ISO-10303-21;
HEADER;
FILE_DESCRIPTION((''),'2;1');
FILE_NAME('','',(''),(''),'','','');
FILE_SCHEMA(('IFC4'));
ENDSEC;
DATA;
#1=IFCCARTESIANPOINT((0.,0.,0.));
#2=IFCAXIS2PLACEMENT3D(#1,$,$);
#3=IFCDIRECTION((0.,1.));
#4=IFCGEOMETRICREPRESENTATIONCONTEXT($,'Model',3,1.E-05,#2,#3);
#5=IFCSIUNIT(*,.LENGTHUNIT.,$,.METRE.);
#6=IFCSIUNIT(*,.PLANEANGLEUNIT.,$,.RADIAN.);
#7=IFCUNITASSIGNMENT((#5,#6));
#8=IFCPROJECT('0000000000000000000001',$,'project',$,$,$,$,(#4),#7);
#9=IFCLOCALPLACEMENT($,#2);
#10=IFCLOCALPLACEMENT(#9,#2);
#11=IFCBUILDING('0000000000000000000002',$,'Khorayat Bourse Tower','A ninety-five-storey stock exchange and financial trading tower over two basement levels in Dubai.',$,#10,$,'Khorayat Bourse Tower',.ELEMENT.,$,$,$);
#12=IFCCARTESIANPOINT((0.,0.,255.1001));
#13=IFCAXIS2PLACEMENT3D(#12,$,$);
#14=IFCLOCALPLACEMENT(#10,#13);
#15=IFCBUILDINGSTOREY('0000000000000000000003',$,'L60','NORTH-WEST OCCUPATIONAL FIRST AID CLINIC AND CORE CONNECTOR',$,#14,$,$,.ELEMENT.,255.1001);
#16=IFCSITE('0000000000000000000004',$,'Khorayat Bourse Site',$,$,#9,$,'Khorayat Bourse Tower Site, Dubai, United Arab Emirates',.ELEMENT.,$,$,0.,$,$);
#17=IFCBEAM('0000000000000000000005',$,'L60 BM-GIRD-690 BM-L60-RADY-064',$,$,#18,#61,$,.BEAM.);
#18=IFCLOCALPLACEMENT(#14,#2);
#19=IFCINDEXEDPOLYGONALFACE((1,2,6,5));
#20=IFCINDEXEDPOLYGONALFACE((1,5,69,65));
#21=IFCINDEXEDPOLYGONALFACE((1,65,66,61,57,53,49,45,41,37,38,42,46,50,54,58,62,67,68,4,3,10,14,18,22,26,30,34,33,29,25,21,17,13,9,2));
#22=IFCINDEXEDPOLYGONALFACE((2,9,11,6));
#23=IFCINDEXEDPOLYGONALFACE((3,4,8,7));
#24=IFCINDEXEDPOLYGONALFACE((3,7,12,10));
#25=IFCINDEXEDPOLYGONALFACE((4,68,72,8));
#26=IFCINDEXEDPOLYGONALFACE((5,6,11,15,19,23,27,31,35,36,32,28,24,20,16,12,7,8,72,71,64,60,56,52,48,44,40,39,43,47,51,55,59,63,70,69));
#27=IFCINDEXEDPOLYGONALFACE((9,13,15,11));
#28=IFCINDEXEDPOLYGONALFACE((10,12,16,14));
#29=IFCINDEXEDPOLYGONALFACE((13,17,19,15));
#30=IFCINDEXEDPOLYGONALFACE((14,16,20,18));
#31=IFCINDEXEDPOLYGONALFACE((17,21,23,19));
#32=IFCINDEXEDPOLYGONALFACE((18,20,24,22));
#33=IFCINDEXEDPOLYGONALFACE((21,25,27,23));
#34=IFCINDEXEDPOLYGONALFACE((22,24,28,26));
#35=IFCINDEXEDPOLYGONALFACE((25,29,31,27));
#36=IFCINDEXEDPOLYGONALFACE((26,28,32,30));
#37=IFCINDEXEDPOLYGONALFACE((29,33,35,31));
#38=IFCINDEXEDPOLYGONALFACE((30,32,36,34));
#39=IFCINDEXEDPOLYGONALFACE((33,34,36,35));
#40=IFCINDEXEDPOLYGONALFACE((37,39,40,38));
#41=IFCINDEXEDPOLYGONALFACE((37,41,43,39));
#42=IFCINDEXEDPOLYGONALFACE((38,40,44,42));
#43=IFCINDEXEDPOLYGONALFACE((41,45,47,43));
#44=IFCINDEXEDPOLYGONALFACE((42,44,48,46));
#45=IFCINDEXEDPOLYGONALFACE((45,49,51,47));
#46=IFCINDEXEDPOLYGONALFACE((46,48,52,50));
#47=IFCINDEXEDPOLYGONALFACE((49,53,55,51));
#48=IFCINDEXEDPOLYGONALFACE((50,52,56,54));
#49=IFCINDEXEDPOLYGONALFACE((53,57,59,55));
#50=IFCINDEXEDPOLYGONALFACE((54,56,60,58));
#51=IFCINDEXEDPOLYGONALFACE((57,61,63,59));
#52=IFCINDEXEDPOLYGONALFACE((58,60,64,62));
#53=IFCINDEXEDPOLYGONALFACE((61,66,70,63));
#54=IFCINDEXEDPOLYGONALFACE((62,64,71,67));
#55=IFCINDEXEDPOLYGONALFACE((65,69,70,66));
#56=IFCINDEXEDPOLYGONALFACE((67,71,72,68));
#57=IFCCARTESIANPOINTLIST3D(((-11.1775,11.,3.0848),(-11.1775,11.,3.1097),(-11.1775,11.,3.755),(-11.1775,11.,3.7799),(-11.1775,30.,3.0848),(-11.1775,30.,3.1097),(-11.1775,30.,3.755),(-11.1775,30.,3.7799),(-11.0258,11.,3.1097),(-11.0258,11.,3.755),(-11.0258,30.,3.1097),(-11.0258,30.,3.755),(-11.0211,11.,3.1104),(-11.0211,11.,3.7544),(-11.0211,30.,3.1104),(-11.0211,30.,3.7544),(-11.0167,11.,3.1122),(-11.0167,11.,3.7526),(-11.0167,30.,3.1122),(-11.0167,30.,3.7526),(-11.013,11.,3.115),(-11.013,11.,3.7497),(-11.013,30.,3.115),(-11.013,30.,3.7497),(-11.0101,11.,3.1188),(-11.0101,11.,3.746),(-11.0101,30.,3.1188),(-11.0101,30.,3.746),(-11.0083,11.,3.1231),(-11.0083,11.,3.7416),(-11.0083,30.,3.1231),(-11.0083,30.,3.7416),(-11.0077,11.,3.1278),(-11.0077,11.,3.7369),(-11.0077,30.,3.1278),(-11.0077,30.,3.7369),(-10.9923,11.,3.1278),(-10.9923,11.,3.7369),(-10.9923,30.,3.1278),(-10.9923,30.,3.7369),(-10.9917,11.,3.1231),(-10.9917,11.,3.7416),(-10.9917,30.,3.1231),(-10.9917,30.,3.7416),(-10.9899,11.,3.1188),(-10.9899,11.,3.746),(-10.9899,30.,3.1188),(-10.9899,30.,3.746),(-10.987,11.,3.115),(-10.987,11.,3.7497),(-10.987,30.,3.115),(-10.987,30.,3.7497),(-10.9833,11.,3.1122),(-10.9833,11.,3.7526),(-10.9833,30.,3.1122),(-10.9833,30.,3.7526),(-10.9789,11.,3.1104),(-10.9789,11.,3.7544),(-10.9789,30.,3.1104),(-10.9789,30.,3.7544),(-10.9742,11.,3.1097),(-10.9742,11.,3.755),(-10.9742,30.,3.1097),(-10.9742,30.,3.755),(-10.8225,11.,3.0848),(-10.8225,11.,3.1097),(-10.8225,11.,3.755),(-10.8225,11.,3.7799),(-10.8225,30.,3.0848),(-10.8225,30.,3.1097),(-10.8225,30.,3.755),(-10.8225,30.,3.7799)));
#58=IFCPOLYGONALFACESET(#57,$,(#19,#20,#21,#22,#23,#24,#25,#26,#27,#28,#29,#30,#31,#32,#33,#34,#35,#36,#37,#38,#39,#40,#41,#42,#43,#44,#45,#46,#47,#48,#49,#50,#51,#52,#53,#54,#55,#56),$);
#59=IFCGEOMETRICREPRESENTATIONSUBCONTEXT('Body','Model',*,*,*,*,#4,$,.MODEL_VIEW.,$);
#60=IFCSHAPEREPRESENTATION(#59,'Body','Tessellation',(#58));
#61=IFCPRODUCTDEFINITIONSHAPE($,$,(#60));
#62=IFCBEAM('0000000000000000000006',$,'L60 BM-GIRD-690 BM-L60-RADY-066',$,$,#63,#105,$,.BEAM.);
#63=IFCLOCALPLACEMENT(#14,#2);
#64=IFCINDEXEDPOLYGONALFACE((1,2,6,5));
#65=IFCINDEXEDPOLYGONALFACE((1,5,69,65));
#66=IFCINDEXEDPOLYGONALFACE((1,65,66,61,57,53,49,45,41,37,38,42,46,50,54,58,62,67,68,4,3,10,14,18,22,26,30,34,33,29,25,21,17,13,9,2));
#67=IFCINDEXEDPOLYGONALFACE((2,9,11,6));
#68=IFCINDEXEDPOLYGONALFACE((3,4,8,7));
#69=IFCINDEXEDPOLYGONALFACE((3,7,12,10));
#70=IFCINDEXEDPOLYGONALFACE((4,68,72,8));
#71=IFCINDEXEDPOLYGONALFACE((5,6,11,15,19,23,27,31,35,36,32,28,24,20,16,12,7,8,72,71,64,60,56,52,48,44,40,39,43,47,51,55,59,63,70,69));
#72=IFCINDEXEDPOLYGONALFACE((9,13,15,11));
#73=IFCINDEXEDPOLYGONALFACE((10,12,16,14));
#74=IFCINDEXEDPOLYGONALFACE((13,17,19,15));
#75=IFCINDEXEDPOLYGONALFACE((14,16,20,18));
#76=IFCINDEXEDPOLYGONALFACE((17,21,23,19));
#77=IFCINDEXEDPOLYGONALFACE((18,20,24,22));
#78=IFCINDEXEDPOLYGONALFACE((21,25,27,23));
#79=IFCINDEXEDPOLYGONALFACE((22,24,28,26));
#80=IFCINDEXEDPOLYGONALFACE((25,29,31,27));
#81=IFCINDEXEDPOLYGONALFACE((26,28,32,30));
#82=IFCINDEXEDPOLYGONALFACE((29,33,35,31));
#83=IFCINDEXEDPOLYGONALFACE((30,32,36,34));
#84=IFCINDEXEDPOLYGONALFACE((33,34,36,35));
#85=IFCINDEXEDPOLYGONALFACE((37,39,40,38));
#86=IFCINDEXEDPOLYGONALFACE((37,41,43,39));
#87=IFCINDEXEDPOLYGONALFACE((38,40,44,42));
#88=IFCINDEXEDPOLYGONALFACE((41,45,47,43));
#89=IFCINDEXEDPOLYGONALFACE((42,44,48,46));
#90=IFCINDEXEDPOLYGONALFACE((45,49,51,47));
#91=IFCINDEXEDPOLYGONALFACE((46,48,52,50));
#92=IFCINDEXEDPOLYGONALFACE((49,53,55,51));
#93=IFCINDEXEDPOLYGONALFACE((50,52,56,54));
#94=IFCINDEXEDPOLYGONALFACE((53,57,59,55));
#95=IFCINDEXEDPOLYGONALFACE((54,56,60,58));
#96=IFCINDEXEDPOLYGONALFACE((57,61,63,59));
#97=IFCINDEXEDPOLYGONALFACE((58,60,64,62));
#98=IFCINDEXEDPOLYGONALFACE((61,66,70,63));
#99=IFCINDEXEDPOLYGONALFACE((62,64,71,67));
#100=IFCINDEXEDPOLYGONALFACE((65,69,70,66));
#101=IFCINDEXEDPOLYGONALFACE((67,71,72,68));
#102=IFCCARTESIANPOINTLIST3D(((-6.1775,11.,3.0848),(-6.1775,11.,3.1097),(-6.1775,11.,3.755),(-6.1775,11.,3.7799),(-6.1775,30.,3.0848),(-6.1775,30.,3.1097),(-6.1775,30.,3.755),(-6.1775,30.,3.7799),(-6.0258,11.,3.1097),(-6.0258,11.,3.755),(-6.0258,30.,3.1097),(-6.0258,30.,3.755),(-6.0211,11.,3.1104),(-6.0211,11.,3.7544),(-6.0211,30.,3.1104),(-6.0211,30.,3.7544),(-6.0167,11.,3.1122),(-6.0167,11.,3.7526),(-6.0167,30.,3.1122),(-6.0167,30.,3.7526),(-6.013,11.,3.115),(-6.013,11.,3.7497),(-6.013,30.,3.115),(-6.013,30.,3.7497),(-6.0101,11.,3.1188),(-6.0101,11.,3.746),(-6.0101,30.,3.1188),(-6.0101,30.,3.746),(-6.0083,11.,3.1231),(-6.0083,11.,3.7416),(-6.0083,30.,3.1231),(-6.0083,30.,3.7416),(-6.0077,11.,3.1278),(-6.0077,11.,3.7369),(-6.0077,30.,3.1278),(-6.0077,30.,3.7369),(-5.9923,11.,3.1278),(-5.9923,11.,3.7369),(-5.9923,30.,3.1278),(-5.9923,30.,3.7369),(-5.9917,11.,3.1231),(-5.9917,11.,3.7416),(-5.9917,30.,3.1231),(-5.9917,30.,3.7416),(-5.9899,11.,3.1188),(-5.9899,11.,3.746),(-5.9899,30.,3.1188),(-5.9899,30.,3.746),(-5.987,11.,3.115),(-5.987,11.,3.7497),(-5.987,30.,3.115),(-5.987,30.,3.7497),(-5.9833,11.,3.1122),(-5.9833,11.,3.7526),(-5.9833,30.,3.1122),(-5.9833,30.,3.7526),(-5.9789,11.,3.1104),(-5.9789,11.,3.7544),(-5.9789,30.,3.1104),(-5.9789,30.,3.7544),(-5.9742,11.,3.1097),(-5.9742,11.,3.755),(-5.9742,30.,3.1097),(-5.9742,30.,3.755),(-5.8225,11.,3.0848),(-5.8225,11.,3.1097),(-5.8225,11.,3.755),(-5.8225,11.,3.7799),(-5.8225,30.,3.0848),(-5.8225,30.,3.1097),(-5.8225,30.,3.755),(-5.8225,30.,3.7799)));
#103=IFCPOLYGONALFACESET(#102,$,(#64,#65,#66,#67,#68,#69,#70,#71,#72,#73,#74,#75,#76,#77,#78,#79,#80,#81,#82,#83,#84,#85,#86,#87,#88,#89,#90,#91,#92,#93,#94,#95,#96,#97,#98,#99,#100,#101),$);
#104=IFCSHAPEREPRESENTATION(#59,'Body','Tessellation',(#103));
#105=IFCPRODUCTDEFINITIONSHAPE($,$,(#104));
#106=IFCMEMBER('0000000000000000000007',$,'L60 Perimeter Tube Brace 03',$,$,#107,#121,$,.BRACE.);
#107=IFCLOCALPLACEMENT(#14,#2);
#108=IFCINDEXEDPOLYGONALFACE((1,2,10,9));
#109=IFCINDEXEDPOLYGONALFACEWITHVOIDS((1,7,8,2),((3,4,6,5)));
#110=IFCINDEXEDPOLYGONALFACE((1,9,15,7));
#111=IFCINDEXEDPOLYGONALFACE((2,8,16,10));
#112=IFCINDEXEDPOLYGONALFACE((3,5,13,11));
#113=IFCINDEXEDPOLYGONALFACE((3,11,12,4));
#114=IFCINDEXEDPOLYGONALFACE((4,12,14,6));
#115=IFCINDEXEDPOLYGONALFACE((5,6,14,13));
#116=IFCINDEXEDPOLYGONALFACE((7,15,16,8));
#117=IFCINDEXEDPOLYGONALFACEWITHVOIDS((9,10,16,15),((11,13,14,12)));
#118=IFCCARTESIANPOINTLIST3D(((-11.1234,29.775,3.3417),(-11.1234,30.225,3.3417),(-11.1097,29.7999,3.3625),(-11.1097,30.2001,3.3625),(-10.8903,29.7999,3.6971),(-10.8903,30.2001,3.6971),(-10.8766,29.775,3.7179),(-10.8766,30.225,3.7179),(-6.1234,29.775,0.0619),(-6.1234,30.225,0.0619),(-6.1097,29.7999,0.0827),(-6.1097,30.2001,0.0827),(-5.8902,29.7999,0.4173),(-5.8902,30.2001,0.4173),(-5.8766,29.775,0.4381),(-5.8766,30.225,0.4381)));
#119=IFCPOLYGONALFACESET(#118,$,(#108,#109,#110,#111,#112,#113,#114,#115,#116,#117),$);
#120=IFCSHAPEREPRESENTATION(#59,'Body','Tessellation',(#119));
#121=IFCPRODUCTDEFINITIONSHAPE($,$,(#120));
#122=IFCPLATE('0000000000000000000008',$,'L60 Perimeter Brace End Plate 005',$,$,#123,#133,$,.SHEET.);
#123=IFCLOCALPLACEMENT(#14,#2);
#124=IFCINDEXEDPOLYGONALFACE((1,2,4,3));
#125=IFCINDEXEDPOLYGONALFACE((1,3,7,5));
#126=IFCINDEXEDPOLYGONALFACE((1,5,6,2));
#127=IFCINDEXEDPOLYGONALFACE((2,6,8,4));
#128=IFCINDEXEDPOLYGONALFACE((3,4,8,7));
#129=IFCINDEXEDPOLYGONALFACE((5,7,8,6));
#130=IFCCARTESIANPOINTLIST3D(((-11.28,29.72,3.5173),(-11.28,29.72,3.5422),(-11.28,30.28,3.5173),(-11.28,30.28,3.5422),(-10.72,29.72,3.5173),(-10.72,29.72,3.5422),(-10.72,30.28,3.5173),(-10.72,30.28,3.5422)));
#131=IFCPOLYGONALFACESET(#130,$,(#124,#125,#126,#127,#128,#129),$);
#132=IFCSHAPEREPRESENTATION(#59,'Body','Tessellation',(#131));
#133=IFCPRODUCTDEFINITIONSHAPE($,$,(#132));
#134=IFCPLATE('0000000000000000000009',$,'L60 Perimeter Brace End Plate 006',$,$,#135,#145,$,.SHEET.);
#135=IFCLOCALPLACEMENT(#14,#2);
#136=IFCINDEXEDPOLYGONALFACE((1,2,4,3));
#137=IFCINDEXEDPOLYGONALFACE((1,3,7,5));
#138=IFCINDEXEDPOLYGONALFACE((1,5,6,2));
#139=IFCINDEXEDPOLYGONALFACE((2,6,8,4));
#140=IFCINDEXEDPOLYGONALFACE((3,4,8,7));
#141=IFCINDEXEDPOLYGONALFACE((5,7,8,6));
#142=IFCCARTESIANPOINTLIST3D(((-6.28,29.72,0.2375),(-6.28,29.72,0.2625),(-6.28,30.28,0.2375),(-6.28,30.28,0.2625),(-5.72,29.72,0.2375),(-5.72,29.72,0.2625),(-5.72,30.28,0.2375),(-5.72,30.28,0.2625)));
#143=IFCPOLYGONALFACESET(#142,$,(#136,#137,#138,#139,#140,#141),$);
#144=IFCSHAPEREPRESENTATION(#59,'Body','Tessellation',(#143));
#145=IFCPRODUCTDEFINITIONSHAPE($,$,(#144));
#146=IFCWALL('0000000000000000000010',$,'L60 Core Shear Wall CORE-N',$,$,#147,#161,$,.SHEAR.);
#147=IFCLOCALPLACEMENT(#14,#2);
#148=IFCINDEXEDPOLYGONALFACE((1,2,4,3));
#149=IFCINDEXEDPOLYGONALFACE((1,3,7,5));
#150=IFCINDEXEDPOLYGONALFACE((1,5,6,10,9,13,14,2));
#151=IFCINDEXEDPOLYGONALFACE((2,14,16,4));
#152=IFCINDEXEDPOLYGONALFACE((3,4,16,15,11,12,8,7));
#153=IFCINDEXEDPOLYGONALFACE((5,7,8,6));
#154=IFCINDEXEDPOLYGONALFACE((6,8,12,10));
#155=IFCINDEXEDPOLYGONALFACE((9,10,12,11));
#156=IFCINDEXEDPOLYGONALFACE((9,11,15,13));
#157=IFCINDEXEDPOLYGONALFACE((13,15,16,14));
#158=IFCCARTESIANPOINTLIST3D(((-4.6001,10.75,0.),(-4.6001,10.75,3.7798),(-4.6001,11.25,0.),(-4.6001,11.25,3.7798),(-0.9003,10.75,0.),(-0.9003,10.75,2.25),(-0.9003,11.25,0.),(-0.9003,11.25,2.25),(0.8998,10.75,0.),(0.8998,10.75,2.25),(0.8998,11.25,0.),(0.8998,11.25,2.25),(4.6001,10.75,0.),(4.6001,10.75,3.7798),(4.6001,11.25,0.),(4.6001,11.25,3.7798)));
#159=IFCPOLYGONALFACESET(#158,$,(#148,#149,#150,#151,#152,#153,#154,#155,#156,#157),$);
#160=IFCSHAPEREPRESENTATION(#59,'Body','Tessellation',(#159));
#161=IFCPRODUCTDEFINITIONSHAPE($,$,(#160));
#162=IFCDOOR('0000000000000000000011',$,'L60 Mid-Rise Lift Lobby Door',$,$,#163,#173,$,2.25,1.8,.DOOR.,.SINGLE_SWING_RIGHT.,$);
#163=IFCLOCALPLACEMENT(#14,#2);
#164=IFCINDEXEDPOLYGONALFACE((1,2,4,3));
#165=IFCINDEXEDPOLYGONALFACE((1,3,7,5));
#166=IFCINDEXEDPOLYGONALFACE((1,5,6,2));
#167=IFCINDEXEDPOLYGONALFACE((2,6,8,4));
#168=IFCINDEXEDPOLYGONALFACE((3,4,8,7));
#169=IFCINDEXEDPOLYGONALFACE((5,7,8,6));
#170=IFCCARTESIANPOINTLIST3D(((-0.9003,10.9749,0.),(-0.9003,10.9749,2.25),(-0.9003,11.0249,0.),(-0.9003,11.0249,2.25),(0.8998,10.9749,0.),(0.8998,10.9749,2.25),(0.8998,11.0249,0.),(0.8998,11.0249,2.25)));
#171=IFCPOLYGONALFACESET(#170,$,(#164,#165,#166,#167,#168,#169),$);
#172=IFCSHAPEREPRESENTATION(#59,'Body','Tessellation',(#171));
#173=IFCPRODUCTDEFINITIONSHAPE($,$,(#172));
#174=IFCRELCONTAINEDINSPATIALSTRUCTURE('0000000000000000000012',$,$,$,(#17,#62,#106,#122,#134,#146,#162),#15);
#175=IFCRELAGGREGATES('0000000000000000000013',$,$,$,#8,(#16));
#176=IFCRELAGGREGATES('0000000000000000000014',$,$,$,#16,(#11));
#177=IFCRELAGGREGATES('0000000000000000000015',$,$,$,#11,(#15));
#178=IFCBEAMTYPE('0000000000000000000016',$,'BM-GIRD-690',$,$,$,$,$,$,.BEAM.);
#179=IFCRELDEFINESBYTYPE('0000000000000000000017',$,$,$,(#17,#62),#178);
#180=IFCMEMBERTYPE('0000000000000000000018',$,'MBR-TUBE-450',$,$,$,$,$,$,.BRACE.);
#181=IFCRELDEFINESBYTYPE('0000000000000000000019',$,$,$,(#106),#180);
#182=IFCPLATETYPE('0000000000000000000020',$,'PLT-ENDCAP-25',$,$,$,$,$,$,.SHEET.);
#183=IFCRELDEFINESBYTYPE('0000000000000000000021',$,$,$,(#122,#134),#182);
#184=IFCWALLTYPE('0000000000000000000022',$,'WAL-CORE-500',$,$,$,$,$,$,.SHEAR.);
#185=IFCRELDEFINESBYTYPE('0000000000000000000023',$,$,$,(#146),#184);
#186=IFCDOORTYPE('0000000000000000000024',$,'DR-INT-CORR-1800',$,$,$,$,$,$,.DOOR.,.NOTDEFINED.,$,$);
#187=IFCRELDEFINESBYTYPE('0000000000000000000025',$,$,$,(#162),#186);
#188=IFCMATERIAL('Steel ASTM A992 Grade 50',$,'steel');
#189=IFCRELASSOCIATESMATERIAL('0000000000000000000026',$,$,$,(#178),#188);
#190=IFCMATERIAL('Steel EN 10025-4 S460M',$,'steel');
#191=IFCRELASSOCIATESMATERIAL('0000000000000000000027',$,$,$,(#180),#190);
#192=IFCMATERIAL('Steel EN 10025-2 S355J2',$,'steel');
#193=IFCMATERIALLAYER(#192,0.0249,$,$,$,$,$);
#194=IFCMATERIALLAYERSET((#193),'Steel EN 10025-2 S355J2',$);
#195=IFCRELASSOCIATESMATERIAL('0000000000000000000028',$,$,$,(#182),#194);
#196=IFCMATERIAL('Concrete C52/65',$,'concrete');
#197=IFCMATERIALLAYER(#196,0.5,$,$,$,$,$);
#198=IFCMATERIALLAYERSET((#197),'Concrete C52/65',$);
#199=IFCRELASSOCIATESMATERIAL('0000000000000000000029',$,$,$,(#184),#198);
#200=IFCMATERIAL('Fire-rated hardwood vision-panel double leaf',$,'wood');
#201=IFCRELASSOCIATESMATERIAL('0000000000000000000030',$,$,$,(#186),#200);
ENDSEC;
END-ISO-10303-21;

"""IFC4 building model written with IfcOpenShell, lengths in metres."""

from ifc_helpers import new_model, si_unit, direction, frame, frame_2d, origin, origin_2d, place, context, subcontext, project, spatial, rectangle, hollow_rectangle, i_section, extrude, source, transform, mapped, material, layer, layer_set, material_profile, profile_set, type_object, element, fill, save


model = new_model("IFC4")

# Units and contexts
model_context = context("Model", 3, precision=1e-05, world=origin(), true_north=direction((0.0, 1.0)))
body_context = subcontext(model_context, "Body", "Model", "MODEL_VIEW")
ifc_project = project(units=[si_unit("LENGTHUNIT", "METRE"), si_unit("PLANEANGLEUNIT", "RADIAN")], contexts=[model_context])

# Site, building, storey
site_placement = place(None, origin())
site = spatial("IfcSite", under=ifc_project, at=site_placement, Name="Khorayat Bourse Site", LongName="Khorayat Bourse Tower Site, Dubai, United Arab Emirates", CompositionType="ELEMENT", RefElevation=0.0)
building_placement = place(site_placement, origin())
building = spatial("IfcBuilding", under=site, at=building_placement, Name="Khorayat Bourse Tower", Description="A ninety-five-storey stock exchange and financial trading tower over two basement levels in Dubai.", LongName="Khorayat Bourse Tower", CompositionType="ELEMENT")
storey_placement = place(building_placement, frame((0.0, 0.0, 255.1001)))
storey = spatial("IfcBuildingStorey", under=building, at=storey_placement, Name="L60", Description="NORTH-WEST OCCUPATIONAL FIRST AID CLINIC AND CORE CONNECTOR", CompositionType="ELEMENT", Elevation=255.1001)

# Shared definitions
ifc_material_1 = material(Name="Steel EN 10025-4 S460M", Category="steel")

# Beams
ifc_material_2 = material(Name="Steel ASTM A992 Grade 50", Category="steel")
ifc_material_profile_1 = material_profile(ifc_material_2, i_section(OverallWidth=0.355, OverallDepth=0.6951, WebThickness=0.0154, FlangeThickness=0.0249, FilletRadius=0.0181, at=origin_2d()), Name="W690X217")
ifc_profile_set_1 = profile_set([ifc_material_profile_1], Name="Steel ASTM A992 Grade 50")
beam_type_1 = type_object("IfcBeamType", Name="BM-GIRD-690", PredefinedType="BEAM", material=ifc_profile_set_1)
shared_shape_1 = source(origin(), body_context, "Body", "SweptSolid", [
    extrude(i_section(OverallWidth=0.355, OverallDepth=0.6951, WebThickness=0.0154, FlangeThickness=0.0249, FilletRadius=0.0181, at=origin_2d()), origin(), (0.0, 0.0, 1.0), 19.0),
])
for number, where, z_axis, x_axis, name in (
    (1, (-11.0, 11.0, 3.4324), (0.0, 1.0, 0.0), (-1.0, 0.0, 0.0), "L60 BM-GIRD-690 BM-L60-RADY-064"),
    (2, (-6.0, 11.0, 3.4324), (0.0, 1.0, 0.0), (-1.0, 0.0, 0.0), "L60 BM-GIRD-690 BM-L60-RADY-066"),
):
    element("IfcBeam", number, at=place(storey_placement, frame(where, z_axis=z_axis, x_axis=x_axis)), inside=storey, type_object=beam_type_1, Name=name, PredefinedType="BEAM", context=body_context, shape_type="MappedRepresentation", body=[
        mapped(shared_shape_1, transform((0.0, 0.0, 0.0), scale=1.0)),
    ])

# Member
ifc_material_profile_2 = material_profile(ifc_material_1, hollow_rectangle(XDim=0.45, YDim=0.45, WallThickness=0.0249, at=origin_2d()), Name="HSS 450x450x25")
ifc_profile_set_2 = profile_set([ifc_material_profile_2], Name="Steel EN 10025-4 S460M")
member_type = type_object("IfcMemberType", Name="MBR-TUBE-450", PredefinedType="BRACE", material=ifc_profile_set_2)
shared_shape_2 = source(origin(), body_context, "Body", "SweptSolid", [
    extrude(hollow_rectangle(XDim=0.45, YDim=0.45, WallThickness=0.0249, at=origin_2d()), origin(), (0.0, 0.0, 1.0), 5.9797),
])
member_placement = place(storey_placement, frame((-11.0, 30.0, 3.5298), z_axis=(0.83616, 0.0, -0.548485), x_axis=(0.0, 1.0, 0.0)))
element("IfcMember", 3, at=member_placement, inside=storey, type_object=member_type, Name="L60 Perimeter Tube Brace 03", PredefinedType="BRACE", context=body_context, shape_type="MappedRepresentation", body=[
    mapped(shared_shape_2, transform((0.0, 0.0, 0.0), scale=1.0)),
])

# Plates
ifc_material_3 = material(Name="Steel EN 10025-2 S355J2", Category="steel")
ifc_layer_1 = layer(ifc_material_3, 0.0249)
ifc_layer_set_1 = layer_set([ifc_layer_1], Name="Steel EN 10025-2 S355J2")
plate_type = type_object("IfcPlateType", Name="PLT-ENDCAP-25", PredefinedType="SHEET", material=ifc_layer_set_1)
shared_shape_3 = source(origin(), body_context, "Body", "SweptSolid", [
    extrude(rectangle(XDim=0.5601, YDim=0.5601, at=origin_2d()), origin(), (0.0, 0.0, 1.0), 0.0249),
])
for number, where, z_axis, x_axis, name in (
    (4, (-11.0, 30.0, 3.5173), (0.0, 0.0, 1.0), (1.0, 0.0, 0.0), "L60 Perimeter Brace End Plate 005"),
    (5, (-6.0, 30.0, 0.2375), (0.0, 0.0, 1.0), (1.0, 0.0, 0.0), "L60 Perimeter Brace End Plate 006"),
):
    element("IfcPlate", number, at=place(storey_placement, frame(where, z_axis=z_axis, x_axis=x_axis)), inside=storey, type_object=plate_type, Name=name, PredefinedType="SHEET", context=body_context, shape_type="MappedRepresentation", body=[
        mapped(shared_shape_3, transform((0.0, 0.0, 0.0), scale=1.0)),
    ])

# Wall, opening, door
ifc_material_4 = material(Name="Concrete C52/65", Category="concrete")
ifc_layer_2 = layer(ifc_material_4, 0.5)
ifc_layer_set_2 = layer_set([ifc_layer_2], Name="Concrete C52/65")
wall_type_1 = type_object("IfcWallType", Name="WAL-CORE-500", PredefinedType="SHEAR", material=ifc_layer_set_2)
shared_shape_4 = source(origin(), body_context, "Body", "SweptSolid", [
    extrude(rectangle(XDim=9.2002, YDim=0.5, at=frame_2d((4.6001, 0.0))), origin(), (0.0, 0.0, 1.0), 3.7798),
])
wall_1_placement = place(storey_placement, frame((-4.6001, 11.0, 0.0), z_axis=(0.0, 0.0, 1.0), x_axis=(1.0, 0.0, 0.0)))
wall_1 = element("IfcWall", 6, at=wall_1_placement, inside=storey, type_object=wall_type_1, Name="L60 Core Shear Wall CORE-N", PredefinedType="SHEAR", context=body_context, shape_type="MappedRepresentation", body=[
    mapped(shared_shape_4, transform((0.0, 0.0, 0.0), scale=1.0)),
])
shared_shape_5 = source(origin(), body_context, "Body", "SweptSolid", [
    extrude(rectangle(XDim=1.8, YDim=2.25, at=frame_2d((0.8999, 1.125))), frame((0.0, 0.26, 0.0), z_axis=(0.0, -1.0, 0.0), x_axis=(1.0, 0.0, 0.0)), (0.0, 0.0, 1.0), 0.52),
])
opening_1_placement = place(wall_1_placement, frame((3.7, 0.0, 0.0)))
opening_1 = element("IfcOpeningElement", 7, at=opening_1_placement, cuts=wall_1, PredefinedType="OPENING", context=body_context, shape_type="MappedRepresentation", body=[
    mapped(shared_shape_5, transform((0.0, 0.0, 0.0), scale=1.0)),
])
ifc_material_5 = material(Name="Fire-rated hardwood vision-panel double leaf", Category="wood")
door_type_1 = type_object("IfcDoorType", Name="DR-INT-CORR-1800", OperationType="NOTDEFINED", PredefinedType="DOOR", material=ifc_material_5)
shared_shape_6 = source(origin(), body_context, "Body", "SweptSolid", [
    extrude(rectangle(XDim=1.8, YDim=2.25, at=frame_2d((0.8999, 1.125))), frame((0.0, 0.0249, 0.0), z_axis=(0.0, -1.0, 0.0), x_axis=(1.0, 0.0, 0.0)), (0.0, 0.0, 1.0), 0.05),
])
door_1_placement = place(opening_1_placement, origin())
door_1 = element("IfcDoor", 8, at=door_1_placement, inside=storey, type_object=door_type_1, Name="L60 Mid-Rise Lift Lobby Door", OperationType="SINGLE_SWING_RIGHT", OverallHeight=2.25, OverallWidth=1.8, PredefinedType="DOOR", context=body_context, shape_type="MappedRepresentation", body=[
    mapped(shared_shape_6, transform((0.0, 0.0, 0.0), scale=1.0)),
])
fill(opening_1, door_1)

save(model, "model.ifc")
